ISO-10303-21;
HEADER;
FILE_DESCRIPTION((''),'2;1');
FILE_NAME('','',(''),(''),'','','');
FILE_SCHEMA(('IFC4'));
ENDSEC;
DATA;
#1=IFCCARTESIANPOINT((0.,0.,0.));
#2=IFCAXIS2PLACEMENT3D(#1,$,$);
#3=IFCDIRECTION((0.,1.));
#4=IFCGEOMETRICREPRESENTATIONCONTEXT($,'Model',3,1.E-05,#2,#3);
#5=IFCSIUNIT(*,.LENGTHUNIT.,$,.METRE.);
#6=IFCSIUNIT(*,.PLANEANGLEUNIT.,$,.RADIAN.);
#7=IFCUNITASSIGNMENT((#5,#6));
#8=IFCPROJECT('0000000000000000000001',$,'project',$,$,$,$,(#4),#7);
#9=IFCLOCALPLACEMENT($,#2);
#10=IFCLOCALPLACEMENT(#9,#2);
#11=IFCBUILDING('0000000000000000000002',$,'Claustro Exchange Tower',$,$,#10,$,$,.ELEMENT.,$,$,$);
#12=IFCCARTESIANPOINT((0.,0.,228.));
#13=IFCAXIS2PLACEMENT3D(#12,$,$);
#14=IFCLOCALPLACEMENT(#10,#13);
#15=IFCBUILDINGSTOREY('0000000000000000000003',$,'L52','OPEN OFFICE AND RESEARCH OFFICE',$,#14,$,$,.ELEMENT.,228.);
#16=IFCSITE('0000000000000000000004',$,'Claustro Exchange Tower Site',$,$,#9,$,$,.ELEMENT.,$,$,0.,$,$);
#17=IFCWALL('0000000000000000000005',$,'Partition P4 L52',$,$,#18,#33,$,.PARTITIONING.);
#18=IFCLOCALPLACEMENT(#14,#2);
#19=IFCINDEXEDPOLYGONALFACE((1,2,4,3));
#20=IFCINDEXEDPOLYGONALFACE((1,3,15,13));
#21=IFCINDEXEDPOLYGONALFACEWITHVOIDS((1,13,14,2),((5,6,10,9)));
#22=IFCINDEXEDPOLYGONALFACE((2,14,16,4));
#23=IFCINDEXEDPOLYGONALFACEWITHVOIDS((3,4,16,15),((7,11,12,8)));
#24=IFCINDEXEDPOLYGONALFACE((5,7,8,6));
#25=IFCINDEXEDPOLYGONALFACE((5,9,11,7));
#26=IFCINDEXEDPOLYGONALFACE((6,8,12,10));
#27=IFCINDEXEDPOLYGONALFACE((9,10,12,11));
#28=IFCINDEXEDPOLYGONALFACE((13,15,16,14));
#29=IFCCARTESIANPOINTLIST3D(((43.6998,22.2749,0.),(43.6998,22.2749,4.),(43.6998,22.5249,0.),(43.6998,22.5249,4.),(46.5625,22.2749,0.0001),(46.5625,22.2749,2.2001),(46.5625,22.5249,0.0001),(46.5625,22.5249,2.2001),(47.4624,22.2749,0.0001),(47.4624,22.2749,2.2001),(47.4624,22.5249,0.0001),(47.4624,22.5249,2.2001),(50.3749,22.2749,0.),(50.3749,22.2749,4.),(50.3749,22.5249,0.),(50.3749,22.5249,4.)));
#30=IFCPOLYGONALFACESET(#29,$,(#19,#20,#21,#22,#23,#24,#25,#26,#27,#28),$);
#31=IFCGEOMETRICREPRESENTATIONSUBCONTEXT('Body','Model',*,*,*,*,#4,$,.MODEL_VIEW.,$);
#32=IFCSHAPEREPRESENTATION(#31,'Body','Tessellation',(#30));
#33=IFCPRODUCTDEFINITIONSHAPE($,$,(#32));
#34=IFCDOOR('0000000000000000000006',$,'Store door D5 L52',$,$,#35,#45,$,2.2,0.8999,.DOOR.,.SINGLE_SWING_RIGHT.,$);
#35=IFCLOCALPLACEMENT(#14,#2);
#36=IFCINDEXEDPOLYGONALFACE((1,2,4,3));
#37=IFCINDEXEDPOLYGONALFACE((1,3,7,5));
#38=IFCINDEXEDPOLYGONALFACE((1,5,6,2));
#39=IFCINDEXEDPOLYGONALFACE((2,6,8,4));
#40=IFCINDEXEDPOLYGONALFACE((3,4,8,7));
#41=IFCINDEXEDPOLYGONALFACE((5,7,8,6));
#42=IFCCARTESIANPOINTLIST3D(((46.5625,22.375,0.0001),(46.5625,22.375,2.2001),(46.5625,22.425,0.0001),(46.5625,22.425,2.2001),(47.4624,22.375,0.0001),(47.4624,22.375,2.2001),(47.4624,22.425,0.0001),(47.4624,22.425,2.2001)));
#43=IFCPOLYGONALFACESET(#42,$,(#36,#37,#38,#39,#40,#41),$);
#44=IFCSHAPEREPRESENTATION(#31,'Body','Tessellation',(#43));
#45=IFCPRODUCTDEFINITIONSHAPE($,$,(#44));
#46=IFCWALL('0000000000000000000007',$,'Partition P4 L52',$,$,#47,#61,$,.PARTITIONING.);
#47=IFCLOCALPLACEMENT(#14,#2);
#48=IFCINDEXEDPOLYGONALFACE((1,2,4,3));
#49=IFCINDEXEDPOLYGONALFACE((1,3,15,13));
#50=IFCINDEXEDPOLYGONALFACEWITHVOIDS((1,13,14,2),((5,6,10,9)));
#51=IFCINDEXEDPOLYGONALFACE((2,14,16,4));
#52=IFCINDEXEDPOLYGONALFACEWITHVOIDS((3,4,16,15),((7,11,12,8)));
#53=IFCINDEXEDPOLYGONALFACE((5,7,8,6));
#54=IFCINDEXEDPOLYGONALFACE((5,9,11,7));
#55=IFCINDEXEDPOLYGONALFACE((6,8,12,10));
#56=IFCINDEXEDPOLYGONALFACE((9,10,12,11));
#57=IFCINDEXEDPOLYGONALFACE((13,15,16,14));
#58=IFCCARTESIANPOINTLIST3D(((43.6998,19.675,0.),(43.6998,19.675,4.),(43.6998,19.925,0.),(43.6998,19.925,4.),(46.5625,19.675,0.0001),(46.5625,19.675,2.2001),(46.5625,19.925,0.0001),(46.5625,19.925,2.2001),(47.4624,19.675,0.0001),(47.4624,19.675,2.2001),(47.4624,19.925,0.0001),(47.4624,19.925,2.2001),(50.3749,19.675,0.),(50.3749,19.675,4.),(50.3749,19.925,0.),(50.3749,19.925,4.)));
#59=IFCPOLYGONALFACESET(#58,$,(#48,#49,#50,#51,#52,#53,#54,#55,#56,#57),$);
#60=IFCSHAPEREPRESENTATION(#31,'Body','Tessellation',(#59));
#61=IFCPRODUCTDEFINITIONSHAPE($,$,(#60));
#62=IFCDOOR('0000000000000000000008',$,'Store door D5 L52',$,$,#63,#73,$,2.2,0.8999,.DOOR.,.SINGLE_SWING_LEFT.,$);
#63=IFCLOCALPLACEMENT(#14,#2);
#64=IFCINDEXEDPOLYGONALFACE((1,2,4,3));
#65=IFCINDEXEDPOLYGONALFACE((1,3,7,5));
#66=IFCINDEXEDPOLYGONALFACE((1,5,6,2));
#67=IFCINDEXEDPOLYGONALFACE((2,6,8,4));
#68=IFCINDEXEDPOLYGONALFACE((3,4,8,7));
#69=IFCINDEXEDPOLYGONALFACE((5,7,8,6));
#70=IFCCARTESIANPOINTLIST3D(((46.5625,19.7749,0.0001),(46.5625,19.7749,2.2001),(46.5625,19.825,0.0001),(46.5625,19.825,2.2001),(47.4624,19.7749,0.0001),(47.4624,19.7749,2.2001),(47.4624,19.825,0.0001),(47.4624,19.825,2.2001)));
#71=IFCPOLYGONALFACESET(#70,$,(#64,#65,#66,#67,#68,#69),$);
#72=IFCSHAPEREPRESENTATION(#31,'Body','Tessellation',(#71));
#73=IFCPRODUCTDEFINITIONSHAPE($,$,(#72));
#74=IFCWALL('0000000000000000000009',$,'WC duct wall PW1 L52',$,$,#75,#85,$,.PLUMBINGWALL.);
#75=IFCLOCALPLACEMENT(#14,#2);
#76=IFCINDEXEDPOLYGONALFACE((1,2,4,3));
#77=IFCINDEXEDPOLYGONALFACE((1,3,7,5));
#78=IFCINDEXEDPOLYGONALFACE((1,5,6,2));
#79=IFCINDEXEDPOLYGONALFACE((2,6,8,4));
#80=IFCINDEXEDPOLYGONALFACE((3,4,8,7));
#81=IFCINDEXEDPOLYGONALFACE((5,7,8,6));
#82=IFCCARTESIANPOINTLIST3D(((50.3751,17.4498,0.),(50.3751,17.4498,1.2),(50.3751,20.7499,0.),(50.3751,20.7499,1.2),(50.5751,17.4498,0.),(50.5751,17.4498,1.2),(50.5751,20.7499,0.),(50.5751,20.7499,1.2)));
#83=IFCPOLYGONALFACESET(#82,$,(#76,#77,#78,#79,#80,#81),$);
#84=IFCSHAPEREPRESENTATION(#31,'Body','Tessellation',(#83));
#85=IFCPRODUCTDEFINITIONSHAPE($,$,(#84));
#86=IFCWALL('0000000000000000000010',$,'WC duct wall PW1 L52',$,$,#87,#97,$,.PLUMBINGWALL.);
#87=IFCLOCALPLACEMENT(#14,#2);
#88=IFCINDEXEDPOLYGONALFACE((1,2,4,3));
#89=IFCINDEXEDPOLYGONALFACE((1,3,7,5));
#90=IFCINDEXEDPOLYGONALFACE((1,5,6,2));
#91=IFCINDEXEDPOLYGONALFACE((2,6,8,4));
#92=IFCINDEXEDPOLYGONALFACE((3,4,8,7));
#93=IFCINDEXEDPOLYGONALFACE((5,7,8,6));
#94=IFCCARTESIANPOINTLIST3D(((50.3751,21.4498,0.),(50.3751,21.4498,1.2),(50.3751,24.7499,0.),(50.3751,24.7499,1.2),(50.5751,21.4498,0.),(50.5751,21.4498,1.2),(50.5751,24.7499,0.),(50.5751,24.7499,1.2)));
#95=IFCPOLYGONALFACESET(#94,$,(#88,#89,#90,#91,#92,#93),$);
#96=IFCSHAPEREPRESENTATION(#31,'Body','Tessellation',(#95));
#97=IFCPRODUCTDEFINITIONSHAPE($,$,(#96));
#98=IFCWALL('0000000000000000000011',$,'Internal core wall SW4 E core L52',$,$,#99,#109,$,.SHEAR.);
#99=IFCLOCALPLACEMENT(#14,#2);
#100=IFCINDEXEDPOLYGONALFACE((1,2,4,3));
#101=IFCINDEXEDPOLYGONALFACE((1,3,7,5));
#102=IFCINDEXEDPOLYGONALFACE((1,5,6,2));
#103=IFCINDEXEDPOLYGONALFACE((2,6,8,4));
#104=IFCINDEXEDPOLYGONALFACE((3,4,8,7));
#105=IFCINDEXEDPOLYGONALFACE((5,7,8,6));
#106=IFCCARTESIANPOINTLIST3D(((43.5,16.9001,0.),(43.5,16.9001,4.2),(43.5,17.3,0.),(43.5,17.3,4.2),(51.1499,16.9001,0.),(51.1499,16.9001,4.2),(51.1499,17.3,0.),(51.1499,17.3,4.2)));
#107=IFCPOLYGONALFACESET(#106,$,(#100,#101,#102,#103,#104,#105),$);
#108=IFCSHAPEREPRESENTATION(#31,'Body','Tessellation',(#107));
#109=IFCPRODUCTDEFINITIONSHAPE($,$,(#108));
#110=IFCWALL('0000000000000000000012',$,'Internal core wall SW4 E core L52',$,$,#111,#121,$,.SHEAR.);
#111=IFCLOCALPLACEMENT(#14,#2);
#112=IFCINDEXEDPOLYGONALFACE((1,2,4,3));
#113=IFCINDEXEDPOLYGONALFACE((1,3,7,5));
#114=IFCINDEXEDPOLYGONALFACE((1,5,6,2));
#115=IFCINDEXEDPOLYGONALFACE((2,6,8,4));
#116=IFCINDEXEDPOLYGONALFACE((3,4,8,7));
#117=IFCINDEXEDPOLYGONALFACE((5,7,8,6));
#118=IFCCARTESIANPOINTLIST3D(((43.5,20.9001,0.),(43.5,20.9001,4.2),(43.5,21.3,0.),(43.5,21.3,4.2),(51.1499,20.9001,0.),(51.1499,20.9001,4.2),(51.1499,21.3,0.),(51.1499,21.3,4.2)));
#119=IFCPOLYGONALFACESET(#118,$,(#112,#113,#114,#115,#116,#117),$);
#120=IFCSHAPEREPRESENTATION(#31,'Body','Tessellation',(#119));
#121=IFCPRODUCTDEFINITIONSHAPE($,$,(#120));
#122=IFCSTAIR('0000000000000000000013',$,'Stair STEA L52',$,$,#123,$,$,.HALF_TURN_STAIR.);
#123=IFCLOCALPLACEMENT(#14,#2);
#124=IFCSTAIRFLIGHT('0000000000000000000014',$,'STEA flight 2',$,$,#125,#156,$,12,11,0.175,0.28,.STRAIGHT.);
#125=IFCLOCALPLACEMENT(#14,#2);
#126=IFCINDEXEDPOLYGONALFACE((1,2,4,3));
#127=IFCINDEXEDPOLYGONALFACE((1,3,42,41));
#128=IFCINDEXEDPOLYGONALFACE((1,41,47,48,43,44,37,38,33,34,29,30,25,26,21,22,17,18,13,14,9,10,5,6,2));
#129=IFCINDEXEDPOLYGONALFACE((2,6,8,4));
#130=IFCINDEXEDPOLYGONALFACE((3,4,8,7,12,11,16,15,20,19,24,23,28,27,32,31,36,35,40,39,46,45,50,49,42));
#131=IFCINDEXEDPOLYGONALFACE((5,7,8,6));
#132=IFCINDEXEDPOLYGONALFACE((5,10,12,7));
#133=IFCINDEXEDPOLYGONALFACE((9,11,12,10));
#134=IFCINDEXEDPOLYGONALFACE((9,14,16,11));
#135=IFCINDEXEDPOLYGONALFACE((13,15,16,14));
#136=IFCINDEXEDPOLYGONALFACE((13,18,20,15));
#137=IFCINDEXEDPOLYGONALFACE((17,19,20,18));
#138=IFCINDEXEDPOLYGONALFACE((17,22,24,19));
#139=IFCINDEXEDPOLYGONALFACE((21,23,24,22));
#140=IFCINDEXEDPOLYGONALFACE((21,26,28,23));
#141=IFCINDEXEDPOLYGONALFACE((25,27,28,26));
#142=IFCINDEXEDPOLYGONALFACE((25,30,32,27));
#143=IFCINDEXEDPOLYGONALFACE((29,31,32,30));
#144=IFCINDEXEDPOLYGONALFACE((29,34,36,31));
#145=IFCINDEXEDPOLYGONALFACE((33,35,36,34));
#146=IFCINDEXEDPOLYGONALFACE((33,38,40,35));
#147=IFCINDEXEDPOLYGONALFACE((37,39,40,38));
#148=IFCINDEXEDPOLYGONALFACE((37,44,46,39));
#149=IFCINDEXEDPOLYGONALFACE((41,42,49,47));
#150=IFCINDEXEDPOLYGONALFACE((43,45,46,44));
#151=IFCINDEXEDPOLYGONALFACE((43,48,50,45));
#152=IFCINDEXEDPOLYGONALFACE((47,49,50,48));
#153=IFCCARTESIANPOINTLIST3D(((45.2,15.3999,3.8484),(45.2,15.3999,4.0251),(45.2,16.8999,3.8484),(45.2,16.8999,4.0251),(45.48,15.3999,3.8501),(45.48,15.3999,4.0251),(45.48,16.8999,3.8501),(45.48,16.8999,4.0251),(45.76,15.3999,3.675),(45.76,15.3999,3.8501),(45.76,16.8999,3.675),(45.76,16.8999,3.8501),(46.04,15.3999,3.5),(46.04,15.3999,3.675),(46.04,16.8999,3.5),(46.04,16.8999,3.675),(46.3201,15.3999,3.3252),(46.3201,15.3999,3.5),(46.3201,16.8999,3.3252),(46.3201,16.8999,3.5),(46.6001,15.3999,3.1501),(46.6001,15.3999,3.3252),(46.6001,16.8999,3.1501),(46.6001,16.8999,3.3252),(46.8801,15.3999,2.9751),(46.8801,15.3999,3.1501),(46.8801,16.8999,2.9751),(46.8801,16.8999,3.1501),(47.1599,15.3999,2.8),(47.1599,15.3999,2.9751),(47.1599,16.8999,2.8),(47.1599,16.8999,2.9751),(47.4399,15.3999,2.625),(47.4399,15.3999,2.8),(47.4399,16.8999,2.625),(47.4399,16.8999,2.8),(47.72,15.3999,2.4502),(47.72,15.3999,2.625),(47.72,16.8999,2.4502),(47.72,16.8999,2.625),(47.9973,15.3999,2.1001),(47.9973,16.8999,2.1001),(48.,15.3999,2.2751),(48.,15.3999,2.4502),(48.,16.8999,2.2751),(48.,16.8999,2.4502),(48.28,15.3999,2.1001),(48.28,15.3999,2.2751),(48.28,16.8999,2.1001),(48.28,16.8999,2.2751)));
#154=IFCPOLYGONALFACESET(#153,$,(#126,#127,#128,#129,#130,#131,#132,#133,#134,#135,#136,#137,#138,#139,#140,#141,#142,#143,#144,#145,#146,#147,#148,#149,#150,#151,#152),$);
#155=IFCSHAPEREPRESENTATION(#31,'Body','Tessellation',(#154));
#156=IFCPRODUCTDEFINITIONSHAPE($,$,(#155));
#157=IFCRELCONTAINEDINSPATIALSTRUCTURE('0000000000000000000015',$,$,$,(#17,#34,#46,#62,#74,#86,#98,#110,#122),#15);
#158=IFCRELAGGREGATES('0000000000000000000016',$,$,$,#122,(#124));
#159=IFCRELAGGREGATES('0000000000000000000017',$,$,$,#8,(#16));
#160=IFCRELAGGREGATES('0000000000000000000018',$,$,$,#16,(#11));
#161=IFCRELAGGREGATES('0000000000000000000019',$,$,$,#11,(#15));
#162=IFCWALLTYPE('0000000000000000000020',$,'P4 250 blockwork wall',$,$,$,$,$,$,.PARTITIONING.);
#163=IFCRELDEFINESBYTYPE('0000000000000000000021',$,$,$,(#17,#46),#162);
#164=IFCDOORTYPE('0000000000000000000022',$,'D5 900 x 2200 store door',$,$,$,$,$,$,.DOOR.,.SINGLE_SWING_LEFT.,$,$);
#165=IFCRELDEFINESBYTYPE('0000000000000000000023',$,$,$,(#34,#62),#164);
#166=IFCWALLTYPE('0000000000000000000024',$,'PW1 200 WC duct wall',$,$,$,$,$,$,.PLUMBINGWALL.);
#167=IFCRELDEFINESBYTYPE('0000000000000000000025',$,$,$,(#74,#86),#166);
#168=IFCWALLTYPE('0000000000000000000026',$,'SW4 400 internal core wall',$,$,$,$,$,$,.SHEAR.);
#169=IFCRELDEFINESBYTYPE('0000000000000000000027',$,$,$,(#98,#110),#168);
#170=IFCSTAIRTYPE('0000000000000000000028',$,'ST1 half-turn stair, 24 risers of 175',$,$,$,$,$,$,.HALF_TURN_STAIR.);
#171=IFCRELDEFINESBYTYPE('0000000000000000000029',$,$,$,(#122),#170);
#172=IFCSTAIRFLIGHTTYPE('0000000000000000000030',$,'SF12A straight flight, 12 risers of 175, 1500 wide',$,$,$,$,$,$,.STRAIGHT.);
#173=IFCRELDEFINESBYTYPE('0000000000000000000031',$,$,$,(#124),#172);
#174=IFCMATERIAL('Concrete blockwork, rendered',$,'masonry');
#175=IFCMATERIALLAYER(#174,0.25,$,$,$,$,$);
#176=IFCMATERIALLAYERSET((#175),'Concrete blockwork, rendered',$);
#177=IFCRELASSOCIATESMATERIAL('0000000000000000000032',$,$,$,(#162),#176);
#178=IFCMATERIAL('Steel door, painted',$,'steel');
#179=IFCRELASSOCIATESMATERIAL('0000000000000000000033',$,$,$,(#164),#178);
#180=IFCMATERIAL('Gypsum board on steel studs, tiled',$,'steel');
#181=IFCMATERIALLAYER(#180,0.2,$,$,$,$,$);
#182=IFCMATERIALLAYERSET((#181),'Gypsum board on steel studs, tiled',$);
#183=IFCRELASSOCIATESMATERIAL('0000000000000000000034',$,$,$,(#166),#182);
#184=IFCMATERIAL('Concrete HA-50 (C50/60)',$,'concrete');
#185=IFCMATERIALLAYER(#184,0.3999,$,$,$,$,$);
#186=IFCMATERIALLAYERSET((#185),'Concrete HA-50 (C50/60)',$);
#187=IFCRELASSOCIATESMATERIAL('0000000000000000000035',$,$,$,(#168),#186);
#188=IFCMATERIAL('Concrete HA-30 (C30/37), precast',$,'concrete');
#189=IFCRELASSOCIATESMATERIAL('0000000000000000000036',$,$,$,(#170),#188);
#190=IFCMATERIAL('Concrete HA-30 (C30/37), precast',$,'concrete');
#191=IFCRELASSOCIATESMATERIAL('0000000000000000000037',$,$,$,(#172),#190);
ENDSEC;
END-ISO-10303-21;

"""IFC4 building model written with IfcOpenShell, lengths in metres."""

from ifc_helpers import new_model, si_unit, direction, frame, frame_2d, origin, place, context, subcontext, project, spatial, polyline, rectangle, outline, extrude, material, layer, layer_set, type_object, element, fill, aggregate, save


model = new_model("IFC4")

# Units and contexts
model_context = context("Model", 3, precision=1e-05, world=origin(), true_north=direction((0.0, 1.0)))
body_context = subcontext(model_context, "Body", "Model", "MODEL_VIEW")
ifc_project = project(units=[si_unit("LENGTHUNIT", "METRE"), si_unit("PLANEANGLEUNIT", "RADIAN")], contexts=[model_context])

# Site, building, storey
site_placement = place(None, origin())
site = spatial("IfcSite", under=ifc_project, at=site_placement, Name="Claustro Exchange Tower Site", CompositionType="ELEMENT", RefElevation=0.0)
building_placement = place(site_placement, origin())
building = spatial("IfcBuilding", under=site, at=building_placement, Name="Claustro Exchange Tower", CompositionType="ELEMENT")
storey_placement = place(building_placement, frame((0.0, 0.0, 228.0)))
storey = spatial("IfcBuildingStorey", under=building, at=storey_placement, Name="L52", Description="OPEN OFFICE AND RESEARCH OFFICE", CompositionType="ELEMENT", Elevation=228.0)

# Walls, openings, doors
ifc_material_1 = material(Name="Concrete blockwork, rendered", Category="masonry")
ifc_layer_1 = layer(ifc_material_1, 0.25)
ifc_layer_set_1 = layer_set([ifc_layer_1], Name="Concrete blockwork, rendered")
wall_type_1 = type_object("IfcWallType", Name="P4 250 blockwork wall", PredefinedType="PARTITIONING", material=ifc_layer_set_1)
wall_1_placement = place(storey_placement, frame((43.7, 22.3999, 0.0), z_axis=(0.0, 0.0, 1.0), x_axis=(1.0, 0.0, 0.0)))
wall_1 = element("IfcWall", 1, at=wall_1_placement, inside=storey, type_object=wall_type_1, Name="Partition P4 L52", PredefinedType="PARTITIONING", context=body_context, shape_type="SweptSolid", body=[
    extrude(rectangle(XDim=6.675, YDim=0.25, at=frame_2d((3.3374, 0.0))), origin(), (0.0, 0.0, 1.0), 4.0),
])
opening_1_placement = place(wall_1_placement, frame((2.8625, 0.0, 0.0)))
opening_1 = element("IfcOpeningElement", 2, at=opening_1_placement, cuts=wall_1, PredefinedType="OPENING", context=body_context, shape_type="SweptSolid", body=[
    extrude(rectangle(XDim=0.8999, YDim=2.2, at=frame_2d((0.45, 1.1001))), frame((0.0, 0.135, 0.0), z_axis=(0.0, -1.0, 0.0), x_axis=(1.0, 0.0, 0.0)), (0.0, 0.0, 1.0), 0.27),
])
ifc_material_2 = material(Name="Steel door, painted", Category="steel")
door_type = type_object("IfcDoorType", Name="D5 900 x 2200 store door", OperationType="SINGLE_SWING_LEFT", PredefinedType="DOOR", material=ifc_material_2)
door_1_placement = place(opening_1_placement, frame((0.8999, 0.0, 0.0), z_axis=(0.0, 0.0, 1.0), x_axis=(-1.0, 0.0, 0.0)))
door_1 = element("IfcDoor", 3, at=door_1_placement, inside=storey, type_object=door_type, Name="Store door D5 L52", OperationType="SINGLE_SWING_RIGHT", OverallHeight=2.2, OverallWidth=0.8999, PredefinedType="DOOR", context=body_context, shape_type="SweptSolid", body=[
    extrude(rectangle(XDim=0.8999, YDim=2.2, at=frame_2d((0.45, 1.1001))), frame((0.0, 0.0249, 0.0), z_axis=(0.0, -1.0, 0.0), x_axis=(1.0, 0.0, 0.0)), (0.0, 0.0, 1.0), 0.05),
])
fill(opening_1, door_1)
wall_2_placement = place(storey_placement, frame((43.7, 19.8, 0.0), z_axis=(0.0, 0.0, 1.0), x_axis=(1.0, 0.0, 0.0)))
wall_2 = element("IfcWall", 4, at=wall_2_placement, inside=storey, type_object=wall_type_1, Name="Partition P4 L52", PredefinedType="PARTITIONING", context=body_context, shape_type="SweptSolid", body=[
    extrude(rectangle(XDim=6.675, YDim=0.25, at=frame_2d((3.3374, 0.0))), origin(), (0.0, 0.0, 1.0), 4.0),
])
opening_2_placement = place(wall_2_placement, frame((2.8625, 0.0, 0.0)))
opening_2 = element("IfcOpeningElement", 5, at=opening_2_placement, cuts=wall_2, PredefinedType="OPENING", context=body_context, shape_type="SweptSolid", body=[
    extrude(rectangle(XDim=0.8999, YDim=2.2, at=frame_2d((0.45, 1.1001))), frame((0.0, 0.135, 0.0), z_axis=(0.0, -1.0, 0.0), x_axis=(1.0, 0.0, 0.0)), (0.0, 0.0, 1.0), 0.27),
])
door_2_placement = place(opening_2_placement, origin())
door_2 = element("IfcDoor", 6, at=door_2_placement, inside=storey, type_object=door_type, Name="Store door D5 L52", OperationType="SINGLE_SWING_LEFT", OverallHeight=2.2, OverallWidth=0.8999, PredefinedType="DOOR", context=body_context, shape_type="SweptSolid", body=[
    extrude(rectangle(XDim=0.8999, YDim=2.2, at=frame_2d((0.45, 1.1001))), frame((0.0, 0.0249, 0.0), z_axis=(0.0, -1.0, 0.0), x_axis=(1.0, 0.0, 0.0)), (0.0, 0.0, 1.0), 0.05),
])
fill(opening_2, door_2)

# Walls
ifc_material_3 = material(Name="Gypsum board on steel studs, tiled", Category="steel")
ifc_layer_2 = layer(ifc_material_3, 0.2)
ifc_layer_set_2 = layer_set([ifc_layer_2], Name="Gypsum board on steel studs, tiled")
wall_type_2 = type_object("IfcWallType", Name="PW1 200 WC duct wall", PredefinedType="PLUMBINGWALL", material=ifc_layer_set_2)
for number, where, z_axis, x_axis, name in (
    (7, (50.4751, 17.45, 0.0), (0.0, 0.0, 1.0), (0.0, 1.0, 0.0), "WC duct wall PW1 L52"),
    (8, (50.4751, 21.45, 0.0), (0.0, 0.0, 1.0), (0.0, 1.0, 0.0), "WC duct wall PW1 L52"),
):
    element("IfcWall", number, at=place(storey_placement, frame(where, z_axis=z_axis, x_axis=x_axis)), inside=storey, type_object=wall_type_2, Name=name, PredefinedType="PLUMBINGWALL", context=body_context, shape_type="SweptSolid", body=[
        extrude(rectangle(XDim=3.3, YDim=0.2, at=frame_2d((1.6499, 0.0))), origin(), (0.0, 0.0, 1.0), 1.2),
    ])
ifc_material_4 = material(Name="Concrete HA-50 (C50/60)", Category="concrete")
ifc_layer_3 = layer(ifc_material_4, 0.3999)
ifc_layer_set_3 = layer_set([ifc_layer_3], Name="Concrete HA-50 (C50/60)")
wall_type_3 = type_object("IfcWallType", Name="SW4 400 internal core wall", PredefinedType="SHEAR", material=ifc_layer_set_3)
for number, where, z_axis, x_axis, name in (
    (9, (51.1499, 17.1001, 0.0), (0.0, 0.0, 1.0), (-1.0, 0.0, 0.0), "Internal core wall SW4 E core L52"),
    (10, (51.1499, 21.1001, 0.0), (0.0, 0.0, 1.0), (-1.0, 0.0, 0.0), "Internal core wall SW4 E core L52"),
):
    element("IfcWall", number, at=place(storey_placement, frame(where, z_axis=z_axis, x_axis=x_axis)), inside=storey, type_object=wall_type_3, Name=name, PredefinedType="SHEAR", context=body_context, shape_type="SweptSolid", body=[
        extrude(rectangle(XDim=7.6499, YDim=0.3999, at=frame_2d((3.825, 0.0))), origin(), (0.0, 0.0, 1.0), 4.2),
    ])

# Stair, stair flight
ifc_material_5 = material(Name="Concrete HA-30 (C30/37), precast", Category="concrete")
stair_type = type_object("IfcStairType", Name="ST1 half-turn stair, 24 risers of 175", PredefinedType="HALF_TURN_STAIR", material=ifc_material_5)
stair_placement = place(storey_placement, origin())
stair = element("IfcStair", 11, at=stair_placement, inside=storey, type_object=stair_type, Name="Stair STEA L52", PredefinedType="HALF_TURN_STAIR")
ifc_material_6 = material(Name="Concrete HA-30 (C30/37), precast", Category="concrete")
stair_flight_type = type_object("IfcStairFlightType", Name="SF12A straight flight, 12 risers of 175, 1500 wide", PredefinedType="STRAIGHT", material=ifc_material_6)
stair_flight_placement = place(storey_placement, frame((48.28, 16.1499, 2.1001), z_axis=(0.0, 0.0, 1.0), x_axis=(-1.0, 0.0, 0.0)))
stair_flight = element("IfcStairFlight", 12, at=stair_flight_placement, type_object=stair_flight_type, Name="STEA flight 2", NumberOfRisers=12, NumberOfTreads=11, PredefinedType="STRAIGHT", RiserHeight=0.175, TreadLength=0.28, context=body_context, shape_type="SweptSolid", body=[
    extrude(outline(polyline([(0.0, 0.0), (0.0, 0.175), (0.28, 0.175), (0.28, 0.3501), (0.5601, 0.3501), (0.5601, 0.5249), (0.8401, 0.5249), (0.8401, 0.7), (1.1201, 0.7), (1.1201, 0.875), (1.3999, 0.875), (1.3999, 1.05), (1.6799, 1.05), (1.6799, 1.2251), (1.96, 1.2251), (1.96, 1.3999), (2.24, 1.3999), (2.24, 1.575), (2.52, 1.575), (2.52, 1.75), (2.8, 1.75), (2.8, 1.925), (3.0801, 1.925), (3.0801, 2.1001), (3.0801, 1.7483), (0.2827, 0.0), (0.0, 0.0)])), frame((0.0, 0.75, 0.0), z_axis=(0.0, -1.0, 0.0), x_axis=(1.0, 0.0, 0.0)), (0.0, 0.0, 1.0), 1.5),
])
aggregate(stair, [stair_flight])

save(model, "model.ifc")
